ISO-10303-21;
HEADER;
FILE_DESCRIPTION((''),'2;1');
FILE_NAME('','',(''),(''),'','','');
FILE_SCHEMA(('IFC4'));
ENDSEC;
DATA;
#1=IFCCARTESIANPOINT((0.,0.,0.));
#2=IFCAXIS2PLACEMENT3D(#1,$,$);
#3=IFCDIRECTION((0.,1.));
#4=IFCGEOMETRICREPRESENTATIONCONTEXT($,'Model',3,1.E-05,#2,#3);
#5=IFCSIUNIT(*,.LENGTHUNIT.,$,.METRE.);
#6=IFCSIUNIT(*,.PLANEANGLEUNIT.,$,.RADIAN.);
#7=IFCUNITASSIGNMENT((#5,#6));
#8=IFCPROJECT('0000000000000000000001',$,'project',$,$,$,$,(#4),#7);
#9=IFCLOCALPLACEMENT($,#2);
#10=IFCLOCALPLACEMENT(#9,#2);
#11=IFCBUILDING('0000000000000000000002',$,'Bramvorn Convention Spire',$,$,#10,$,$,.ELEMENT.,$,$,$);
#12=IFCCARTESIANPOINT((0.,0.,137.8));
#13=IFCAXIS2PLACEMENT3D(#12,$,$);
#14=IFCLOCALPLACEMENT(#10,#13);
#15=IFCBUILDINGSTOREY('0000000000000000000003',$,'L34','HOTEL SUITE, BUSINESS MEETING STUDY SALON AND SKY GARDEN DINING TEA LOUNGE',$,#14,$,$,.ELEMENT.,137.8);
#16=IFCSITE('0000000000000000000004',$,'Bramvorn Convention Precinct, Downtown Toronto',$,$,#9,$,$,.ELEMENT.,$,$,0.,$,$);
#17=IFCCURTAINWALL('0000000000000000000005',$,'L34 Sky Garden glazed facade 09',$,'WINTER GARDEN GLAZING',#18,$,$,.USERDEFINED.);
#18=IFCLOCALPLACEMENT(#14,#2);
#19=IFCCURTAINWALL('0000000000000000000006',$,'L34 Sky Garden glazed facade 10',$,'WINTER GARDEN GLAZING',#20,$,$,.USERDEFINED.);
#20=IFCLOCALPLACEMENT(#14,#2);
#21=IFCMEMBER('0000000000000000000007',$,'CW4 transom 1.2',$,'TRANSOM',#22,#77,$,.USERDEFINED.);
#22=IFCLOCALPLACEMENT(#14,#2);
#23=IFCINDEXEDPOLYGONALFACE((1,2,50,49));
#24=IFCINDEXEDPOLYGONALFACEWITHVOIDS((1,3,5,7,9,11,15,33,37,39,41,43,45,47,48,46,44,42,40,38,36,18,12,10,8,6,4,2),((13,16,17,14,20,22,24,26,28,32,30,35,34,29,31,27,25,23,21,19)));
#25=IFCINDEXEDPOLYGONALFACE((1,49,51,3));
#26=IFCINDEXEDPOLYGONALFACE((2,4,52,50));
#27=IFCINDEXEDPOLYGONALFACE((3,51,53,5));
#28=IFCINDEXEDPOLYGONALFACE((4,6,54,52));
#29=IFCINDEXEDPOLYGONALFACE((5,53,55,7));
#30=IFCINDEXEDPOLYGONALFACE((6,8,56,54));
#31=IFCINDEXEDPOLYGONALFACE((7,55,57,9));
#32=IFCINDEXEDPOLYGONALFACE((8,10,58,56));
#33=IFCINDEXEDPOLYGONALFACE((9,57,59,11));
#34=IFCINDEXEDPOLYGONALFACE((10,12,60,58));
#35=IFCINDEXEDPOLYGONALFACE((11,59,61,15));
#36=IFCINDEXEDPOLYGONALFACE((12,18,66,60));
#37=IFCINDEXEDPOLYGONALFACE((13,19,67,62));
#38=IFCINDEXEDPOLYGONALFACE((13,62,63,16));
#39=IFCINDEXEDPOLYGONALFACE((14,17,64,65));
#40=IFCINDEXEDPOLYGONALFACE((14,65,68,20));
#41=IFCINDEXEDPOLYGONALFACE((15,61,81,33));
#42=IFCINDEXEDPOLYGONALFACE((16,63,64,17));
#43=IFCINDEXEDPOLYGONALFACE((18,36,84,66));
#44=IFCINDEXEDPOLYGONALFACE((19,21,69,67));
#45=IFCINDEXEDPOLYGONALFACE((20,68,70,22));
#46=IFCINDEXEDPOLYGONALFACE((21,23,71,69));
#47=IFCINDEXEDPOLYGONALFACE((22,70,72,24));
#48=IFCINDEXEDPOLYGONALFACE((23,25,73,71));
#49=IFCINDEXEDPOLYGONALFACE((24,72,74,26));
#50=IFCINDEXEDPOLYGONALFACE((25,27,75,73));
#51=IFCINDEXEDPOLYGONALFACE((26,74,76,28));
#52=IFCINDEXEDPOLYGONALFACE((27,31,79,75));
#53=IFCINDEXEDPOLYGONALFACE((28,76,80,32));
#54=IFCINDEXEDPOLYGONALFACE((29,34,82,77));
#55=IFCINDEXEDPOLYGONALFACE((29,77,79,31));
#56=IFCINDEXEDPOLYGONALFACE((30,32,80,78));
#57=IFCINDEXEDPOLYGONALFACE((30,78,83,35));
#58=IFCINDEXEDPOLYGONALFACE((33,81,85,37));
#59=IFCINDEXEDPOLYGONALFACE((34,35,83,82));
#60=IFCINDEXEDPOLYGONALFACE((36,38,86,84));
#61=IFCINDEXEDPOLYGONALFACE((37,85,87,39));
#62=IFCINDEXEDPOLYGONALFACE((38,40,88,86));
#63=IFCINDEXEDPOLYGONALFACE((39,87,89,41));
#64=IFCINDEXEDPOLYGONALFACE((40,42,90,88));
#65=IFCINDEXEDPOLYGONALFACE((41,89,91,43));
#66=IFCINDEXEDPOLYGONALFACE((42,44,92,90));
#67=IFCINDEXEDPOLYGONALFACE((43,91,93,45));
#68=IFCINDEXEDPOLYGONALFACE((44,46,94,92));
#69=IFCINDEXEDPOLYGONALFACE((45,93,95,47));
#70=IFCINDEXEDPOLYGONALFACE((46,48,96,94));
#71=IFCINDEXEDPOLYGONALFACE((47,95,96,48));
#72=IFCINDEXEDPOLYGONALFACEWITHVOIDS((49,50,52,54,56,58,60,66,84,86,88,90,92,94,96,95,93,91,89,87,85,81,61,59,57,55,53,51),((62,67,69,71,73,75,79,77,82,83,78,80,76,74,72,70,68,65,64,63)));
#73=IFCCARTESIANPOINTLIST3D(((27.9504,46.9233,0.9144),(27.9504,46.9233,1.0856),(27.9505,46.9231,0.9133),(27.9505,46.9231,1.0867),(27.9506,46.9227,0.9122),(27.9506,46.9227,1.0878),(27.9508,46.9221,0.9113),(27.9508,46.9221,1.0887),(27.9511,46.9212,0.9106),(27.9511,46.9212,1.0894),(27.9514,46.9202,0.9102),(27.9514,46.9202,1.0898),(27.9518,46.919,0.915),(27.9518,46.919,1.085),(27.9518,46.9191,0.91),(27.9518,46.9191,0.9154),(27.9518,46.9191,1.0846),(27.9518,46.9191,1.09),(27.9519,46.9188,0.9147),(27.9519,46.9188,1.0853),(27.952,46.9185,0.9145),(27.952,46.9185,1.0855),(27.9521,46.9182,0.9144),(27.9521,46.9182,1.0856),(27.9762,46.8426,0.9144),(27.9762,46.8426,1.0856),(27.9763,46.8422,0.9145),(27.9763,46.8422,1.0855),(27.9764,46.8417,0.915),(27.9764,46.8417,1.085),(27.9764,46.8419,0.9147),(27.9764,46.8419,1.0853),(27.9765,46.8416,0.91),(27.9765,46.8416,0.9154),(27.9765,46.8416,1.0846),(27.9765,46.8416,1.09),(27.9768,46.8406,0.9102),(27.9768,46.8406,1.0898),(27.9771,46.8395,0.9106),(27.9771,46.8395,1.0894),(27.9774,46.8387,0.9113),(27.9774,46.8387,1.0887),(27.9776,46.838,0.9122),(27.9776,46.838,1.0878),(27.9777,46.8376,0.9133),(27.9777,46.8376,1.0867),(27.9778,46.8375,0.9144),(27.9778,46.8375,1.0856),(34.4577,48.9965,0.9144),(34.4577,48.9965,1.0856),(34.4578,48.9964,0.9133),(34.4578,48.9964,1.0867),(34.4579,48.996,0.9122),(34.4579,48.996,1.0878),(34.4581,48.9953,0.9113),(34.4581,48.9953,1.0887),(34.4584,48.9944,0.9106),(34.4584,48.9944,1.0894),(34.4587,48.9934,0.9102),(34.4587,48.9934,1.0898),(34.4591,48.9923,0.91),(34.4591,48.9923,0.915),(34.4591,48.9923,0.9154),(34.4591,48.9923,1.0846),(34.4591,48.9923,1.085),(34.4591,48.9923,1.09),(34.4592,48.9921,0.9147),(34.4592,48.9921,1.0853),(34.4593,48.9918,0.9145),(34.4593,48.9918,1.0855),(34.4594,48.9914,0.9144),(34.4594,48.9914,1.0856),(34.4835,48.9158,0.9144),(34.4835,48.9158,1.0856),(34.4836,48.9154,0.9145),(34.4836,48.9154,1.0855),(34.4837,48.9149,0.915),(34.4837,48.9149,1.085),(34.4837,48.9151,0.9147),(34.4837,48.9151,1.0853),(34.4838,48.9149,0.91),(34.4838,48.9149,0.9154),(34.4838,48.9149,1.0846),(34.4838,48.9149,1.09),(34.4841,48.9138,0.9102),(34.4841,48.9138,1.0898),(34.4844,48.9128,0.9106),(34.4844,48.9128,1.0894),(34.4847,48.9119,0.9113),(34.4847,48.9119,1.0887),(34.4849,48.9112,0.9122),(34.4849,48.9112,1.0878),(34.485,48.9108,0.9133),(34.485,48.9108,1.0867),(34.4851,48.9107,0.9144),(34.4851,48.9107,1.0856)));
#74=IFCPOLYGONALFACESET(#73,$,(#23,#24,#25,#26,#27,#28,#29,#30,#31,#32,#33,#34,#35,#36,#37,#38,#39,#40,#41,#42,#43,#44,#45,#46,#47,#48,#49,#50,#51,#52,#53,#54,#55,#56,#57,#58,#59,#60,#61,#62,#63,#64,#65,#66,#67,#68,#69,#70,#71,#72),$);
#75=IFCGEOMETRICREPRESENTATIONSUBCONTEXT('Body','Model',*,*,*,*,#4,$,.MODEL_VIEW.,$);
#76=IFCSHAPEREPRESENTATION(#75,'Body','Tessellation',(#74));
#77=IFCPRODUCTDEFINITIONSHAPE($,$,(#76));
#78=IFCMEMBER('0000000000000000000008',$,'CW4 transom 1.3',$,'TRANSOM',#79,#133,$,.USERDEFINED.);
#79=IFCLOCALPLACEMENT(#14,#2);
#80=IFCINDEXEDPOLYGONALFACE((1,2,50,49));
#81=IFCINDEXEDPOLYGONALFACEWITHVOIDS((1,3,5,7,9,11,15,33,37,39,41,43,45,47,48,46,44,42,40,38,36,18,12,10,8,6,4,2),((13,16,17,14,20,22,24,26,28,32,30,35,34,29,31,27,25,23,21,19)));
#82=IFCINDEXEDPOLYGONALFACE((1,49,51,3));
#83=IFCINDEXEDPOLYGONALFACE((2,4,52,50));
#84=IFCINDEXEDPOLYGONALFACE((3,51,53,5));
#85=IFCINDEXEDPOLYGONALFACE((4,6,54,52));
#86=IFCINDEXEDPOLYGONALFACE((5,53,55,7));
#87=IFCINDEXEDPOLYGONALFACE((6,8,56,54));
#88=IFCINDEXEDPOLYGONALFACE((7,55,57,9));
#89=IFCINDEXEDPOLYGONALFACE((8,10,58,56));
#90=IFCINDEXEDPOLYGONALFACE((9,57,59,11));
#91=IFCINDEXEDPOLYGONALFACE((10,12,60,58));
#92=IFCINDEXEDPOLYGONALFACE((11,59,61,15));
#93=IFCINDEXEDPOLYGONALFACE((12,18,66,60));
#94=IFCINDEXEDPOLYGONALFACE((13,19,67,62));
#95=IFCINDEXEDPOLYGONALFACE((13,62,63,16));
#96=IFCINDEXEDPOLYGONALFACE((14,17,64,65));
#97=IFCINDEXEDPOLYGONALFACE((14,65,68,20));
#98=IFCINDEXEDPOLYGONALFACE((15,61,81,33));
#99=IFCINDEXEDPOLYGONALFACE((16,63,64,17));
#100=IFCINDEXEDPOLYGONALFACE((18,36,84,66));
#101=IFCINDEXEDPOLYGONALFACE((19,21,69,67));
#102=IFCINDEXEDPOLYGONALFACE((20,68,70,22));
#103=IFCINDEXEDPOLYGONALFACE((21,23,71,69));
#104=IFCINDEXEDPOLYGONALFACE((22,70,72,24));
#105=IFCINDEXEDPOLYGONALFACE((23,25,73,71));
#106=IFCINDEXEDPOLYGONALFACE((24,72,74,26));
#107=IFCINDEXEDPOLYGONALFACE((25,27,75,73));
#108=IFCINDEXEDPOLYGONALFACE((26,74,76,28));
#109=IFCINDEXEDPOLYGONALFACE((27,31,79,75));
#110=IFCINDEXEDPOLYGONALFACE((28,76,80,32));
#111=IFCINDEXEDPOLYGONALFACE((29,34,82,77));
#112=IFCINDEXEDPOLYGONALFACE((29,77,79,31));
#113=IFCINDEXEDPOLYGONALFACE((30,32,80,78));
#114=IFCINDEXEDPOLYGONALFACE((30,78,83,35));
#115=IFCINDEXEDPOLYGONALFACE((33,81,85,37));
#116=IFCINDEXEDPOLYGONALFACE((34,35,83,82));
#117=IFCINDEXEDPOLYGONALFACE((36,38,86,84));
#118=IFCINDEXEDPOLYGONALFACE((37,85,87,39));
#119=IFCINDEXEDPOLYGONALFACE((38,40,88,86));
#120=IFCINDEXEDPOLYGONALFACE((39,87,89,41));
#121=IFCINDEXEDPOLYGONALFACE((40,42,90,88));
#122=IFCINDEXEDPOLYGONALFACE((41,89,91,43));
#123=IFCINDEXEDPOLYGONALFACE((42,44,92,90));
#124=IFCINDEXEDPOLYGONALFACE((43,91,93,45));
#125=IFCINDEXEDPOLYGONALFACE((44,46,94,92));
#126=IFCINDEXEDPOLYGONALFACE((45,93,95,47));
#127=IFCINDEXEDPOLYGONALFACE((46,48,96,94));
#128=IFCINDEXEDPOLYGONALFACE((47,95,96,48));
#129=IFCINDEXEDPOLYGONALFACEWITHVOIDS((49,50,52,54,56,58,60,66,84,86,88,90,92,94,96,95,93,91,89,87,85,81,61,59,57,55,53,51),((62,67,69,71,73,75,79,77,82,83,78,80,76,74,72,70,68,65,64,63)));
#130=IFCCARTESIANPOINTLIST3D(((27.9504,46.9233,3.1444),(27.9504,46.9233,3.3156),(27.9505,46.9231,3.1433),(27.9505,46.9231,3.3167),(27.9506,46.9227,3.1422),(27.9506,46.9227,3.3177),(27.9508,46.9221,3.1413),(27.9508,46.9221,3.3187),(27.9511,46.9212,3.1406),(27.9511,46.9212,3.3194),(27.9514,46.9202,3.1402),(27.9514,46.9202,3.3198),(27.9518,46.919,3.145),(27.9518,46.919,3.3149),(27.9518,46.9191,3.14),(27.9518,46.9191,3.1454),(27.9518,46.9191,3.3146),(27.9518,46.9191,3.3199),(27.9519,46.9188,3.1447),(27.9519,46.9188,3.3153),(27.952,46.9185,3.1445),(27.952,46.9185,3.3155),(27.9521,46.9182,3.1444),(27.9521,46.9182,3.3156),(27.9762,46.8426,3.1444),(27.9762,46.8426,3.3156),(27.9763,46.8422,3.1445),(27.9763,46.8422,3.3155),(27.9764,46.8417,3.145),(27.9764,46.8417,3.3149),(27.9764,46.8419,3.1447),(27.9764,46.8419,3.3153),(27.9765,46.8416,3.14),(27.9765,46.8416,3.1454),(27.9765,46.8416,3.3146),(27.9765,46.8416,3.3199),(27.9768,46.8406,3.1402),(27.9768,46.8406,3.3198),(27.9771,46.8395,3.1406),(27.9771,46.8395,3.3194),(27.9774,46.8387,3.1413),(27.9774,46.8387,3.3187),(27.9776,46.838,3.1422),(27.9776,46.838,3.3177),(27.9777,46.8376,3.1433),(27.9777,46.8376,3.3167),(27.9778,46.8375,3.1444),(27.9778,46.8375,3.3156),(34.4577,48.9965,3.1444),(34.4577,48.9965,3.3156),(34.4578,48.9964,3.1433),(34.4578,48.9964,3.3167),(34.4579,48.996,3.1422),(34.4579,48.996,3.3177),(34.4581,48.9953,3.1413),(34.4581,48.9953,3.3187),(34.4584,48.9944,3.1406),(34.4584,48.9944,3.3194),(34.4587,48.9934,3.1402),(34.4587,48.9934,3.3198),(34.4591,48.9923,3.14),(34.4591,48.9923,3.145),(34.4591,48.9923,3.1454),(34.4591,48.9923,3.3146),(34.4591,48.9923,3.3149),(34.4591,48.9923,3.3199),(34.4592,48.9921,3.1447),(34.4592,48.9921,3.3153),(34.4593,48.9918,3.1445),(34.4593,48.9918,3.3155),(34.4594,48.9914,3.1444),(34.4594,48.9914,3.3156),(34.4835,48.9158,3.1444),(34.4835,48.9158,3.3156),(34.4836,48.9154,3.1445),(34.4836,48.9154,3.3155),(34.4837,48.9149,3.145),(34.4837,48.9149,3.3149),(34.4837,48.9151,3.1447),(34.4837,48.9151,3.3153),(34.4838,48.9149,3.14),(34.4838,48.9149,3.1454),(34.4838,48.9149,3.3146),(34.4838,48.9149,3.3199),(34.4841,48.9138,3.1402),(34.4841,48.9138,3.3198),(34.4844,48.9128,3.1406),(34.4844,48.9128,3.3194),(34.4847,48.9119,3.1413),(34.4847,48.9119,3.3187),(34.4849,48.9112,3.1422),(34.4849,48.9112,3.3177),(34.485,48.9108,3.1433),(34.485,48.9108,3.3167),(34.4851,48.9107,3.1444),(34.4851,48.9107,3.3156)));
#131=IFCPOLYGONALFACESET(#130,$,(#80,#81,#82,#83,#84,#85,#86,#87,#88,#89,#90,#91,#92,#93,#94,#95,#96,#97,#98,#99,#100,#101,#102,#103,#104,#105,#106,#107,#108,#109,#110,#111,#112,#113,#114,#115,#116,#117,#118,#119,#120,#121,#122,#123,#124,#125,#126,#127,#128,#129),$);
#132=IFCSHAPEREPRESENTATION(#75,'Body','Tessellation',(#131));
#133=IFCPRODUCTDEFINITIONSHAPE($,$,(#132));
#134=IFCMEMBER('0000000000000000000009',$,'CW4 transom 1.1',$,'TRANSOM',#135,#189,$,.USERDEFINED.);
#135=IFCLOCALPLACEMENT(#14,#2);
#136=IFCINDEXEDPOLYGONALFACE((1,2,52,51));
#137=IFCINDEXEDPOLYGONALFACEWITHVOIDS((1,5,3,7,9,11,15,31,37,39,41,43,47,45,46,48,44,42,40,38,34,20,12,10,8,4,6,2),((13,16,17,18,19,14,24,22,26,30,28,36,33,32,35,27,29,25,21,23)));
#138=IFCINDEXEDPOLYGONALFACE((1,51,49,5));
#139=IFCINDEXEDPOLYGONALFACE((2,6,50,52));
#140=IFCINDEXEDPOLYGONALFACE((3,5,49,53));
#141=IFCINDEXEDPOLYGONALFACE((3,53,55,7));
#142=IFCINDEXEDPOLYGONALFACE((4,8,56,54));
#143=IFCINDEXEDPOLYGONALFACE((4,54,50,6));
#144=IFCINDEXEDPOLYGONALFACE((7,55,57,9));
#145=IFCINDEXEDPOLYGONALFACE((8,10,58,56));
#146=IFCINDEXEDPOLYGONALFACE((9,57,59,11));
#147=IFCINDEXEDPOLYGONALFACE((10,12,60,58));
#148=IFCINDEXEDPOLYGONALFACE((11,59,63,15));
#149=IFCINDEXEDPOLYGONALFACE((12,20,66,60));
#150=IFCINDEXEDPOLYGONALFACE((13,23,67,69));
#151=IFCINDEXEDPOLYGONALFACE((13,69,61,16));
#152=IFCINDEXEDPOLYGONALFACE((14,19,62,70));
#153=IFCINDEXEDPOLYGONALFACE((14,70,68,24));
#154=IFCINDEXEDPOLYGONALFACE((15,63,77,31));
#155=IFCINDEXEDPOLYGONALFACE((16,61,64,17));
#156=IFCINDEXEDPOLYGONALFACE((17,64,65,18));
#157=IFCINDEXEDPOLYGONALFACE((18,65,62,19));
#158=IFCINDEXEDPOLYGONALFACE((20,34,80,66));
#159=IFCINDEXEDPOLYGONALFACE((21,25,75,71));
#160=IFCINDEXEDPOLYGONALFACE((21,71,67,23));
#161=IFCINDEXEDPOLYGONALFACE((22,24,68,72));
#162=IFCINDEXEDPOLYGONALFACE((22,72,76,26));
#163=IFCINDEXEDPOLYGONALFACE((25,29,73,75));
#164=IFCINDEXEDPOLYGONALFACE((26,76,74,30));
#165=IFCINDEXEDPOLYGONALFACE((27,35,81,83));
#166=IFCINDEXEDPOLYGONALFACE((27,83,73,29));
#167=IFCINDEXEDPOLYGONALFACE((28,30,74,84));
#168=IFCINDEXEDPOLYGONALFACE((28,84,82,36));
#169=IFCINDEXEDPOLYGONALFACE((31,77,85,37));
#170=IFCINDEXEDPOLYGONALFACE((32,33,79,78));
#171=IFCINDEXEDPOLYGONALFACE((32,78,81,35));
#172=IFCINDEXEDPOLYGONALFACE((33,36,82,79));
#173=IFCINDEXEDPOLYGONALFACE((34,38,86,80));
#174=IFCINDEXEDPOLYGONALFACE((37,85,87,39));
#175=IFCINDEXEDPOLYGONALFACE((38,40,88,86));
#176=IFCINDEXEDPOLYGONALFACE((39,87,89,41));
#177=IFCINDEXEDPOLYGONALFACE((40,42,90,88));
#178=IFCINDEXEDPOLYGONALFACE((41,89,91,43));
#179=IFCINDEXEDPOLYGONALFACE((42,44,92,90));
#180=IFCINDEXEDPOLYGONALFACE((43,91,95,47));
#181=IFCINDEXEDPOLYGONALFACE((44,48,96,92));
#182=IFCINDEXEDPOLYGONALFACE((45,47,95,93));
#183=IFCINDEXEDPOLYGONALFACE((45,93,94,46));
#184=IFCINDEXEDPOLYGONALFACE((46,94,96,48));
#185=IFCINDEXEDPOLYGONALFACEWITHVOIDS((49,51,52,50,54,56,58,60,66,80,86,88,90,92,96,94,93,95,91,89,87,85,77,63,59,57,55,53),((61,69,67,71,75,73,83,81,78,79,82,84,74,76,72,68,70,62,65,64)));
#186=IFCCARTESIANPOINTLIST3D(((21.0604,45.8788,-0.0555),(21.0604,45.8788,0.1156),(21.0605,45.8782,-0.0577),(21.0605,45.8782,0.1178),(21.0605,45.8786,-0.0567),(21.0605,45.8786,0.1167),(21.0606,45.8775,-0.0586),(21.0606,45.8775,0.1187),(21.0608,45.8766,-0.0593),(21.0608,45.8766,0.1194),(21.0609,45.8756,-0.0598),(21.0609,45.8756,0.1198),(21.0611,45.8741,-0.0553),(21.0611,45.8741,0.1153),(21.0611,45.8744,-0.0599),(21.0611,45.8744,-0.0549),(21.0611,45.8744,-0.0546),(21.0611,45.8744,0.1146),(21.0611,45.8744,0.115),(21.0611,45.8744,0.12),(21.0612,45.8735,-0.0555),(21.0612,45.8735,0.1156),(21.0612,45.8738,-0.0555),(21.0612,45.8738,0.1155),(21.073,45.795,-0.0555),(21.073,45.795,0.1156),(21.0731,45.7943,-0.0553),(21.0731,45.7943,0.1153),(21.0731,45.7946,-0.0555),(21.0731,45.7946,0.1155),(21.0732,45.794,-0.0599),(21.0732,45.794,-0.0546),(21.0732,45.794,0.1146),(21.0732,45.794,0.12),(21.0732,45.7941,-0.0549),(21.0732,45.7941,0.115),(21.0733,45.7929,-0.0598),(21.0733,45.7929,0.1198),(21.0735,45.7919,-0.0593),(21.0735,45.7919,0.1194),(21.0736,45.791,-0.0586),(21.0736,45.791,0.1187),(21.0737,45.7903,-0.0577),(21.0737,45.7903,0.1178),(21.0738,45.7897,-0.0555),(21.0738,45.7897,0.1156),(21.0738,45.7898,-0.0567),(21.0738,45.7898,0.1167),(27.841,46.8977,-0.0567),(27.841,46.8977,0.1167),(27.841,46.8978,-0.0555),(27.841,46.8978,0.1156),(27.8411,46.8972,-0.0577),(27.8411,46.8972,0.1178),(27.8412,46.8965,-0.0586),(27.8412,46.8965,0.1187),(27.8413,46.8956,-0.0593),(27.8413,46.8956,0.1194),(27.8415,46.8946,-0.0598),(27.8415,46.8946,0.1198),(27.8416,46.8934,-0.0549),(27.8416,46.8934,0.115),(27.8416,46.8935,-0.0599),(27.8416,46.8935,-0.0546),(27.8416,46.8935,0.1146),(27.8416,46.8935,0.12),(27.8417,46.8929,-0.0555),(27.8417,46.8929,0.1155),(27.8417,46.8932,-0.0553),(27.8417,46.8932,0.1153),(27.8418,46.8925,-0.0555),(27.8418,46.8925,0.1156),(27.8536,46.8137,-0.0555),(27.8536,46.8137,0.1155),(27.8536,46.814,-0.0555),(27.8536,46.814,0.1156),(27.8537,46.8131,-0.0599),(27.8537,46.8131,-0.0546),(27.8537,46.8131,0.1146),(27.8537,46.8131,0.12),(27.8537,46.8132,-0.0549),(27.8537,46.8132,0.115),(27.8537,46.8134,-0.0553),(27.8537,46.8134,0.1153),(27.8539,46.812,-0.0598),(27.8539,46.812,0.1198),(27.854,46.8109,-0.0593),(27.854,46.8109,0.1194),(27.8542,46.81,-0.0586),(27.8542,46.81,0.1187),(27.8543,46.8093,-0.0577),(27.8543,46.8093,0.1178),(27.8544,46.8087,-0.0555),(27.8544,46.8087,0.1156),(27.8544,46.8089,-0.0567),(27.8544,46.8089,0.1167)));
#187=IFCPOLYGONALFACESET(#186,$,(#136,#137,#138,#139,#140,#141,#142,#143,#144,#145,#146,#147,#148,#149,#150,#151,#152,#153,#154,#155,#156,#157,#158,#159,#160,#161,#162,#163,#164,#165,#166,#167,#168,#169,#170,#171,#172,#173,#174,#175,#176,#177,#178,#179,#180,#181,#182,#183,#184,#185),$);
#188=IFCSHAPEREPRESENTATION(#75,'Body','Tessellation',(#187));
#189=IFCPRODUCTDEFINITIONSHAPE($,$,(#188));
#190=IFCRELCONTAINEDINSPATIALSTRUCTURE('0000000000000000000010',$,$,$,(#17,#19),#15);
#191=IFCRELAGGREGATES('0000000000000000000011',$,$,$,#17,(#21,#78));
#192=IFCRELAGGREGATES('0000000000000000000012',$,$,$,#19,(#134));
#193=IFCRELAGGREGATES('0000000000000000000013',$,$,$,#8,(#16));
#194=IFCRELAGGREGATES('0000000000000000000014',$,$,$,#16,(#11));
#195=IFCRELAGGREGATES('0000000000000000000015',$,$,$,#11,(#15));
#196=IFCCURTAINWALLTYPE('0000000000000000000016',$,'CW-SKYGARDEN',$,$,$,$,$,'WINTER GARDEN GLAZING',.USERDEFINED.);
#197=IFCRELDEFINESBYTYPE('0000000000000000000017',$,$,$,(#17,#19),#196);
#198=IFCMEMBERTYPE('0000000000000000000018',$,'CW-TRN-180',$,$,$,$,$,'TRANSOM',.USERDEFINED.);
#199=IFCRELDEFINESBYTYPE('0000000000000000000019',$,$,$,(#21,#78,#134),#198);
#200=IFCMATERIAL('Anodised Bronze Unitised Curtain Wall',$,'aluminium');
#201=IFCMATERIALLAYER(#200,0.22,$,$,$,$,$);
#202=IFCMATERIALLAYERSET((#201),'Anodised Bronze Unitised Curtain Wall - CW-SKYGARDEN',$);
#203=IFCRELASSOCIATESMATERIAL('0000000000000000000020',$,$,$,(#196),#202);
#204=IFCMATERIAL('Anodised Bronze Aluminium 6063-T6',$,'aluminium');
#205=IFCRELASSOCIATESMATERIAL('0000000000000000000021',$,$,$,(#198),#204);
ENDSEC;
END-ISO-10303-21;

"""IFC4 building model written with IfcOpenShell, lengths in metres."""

from ifc_helpers import new_model, si_unit, direction, frame, origin, origin_2d, place, context, subcontext, project, spatial, hollow_rectangle, extrude, material, layer, layer_set, material_profile, profile_set, type_object, element, aggregate, save


model = new_model("IFC4")

# Units and contexts
model_context = context("Model", 3, precision=1e-05, world=origin(), true_north=direction((0.0, 1.0)))
body_context = subcontext(model_context, "Body", "Model", "MODEL_VIEW")
ifc_project = project(units=[si_unit("LENGTHUNIT", "METRE"), si_unit("PLANEANGLEUNIT", "RADIAN")], contexts=[model_context])

# Site, building, storey
site_placement = place(None, origin())
site = spatial("IfcSite", under=ifc_project, at=site_placement, Name="Bramvorn Convention Precinct, Downtown Toronto", CompositionType="ELEMENT", RefElevation=0.0)
building_placement = place(site_placement, origin())
building = spatial("IfcBuilding", under=site, at=building_placement, Name="Bramvorn Convention Spire", CompositionType="ELEMENT")
storey_placement = place(building_placement, frame((0.0, 0.0, 137.8)))
storey = spatial("IfcBuildingStorey", under=building, at=storey_placement, Name="L34", Description="HOTEL SUITE, BUSINESS MEETING STUDY SALON AND SKY GARDEN DINING TEA LOUNGE", CompositionType="ELEMENT", Elevation=137.8)

# Curtain wall
ifc_material_1 = material(Name="Anodised Bronze Unitised Curtain Wall", Category="aluminium")
ifc_layer_1 = layer(ifc_material_1, 0.22)
ifc_layer_set_1 = layer_set([ifc_layer_1], Name="Anodised Bronze Unitised Curtain Wall - CW-SKYGARDEN")
curtain_wall_type = type_object("IfcCurtainWallType", Name="CW-SKYGARDEN", ElementType="WINTER GARDEN GLAZING", PredefinedType="USERDEFINED", material=ifc_layer_set_1)
curtain_wall_1_placement = place(storey_placement, origin())
curtain_wall_1 = element("IfcCurtainWall", 1, at=curtain_wall_1_placement, inside=storey, type_object=curtain_wall_type, Name="L34 Sky Garden glazed facade 09", ObjectType="WINTER GARDEN GLAZING", PredefinedType="USERDEFINED")
ifc_material_2 = material(Name="Anodised Bronze Aluminium 6063-T6", Category="aluminium")

# Curtain wall
curtain_wall_2_placement = place(storey_placement, origin())
curtain_wall_2 = element("IfcCurtainWall", 2, at=curtain_wall_2_placement, inside=storey, type_object=curtain_wall_type, Name="L34 Sky Garden glazed facade 10", ObjectType="WINTER GARDEN GLAZING", PredefinedType="USERDEFINED")

# Members
ifc_material_profile_1 = material_profile(ifc_material_2, hollow_rectangle(XDim=0.0901, YDim=0.1799, WallThickness=0.0044, InnerFilletRadius=0.001, OuterFilletRadius=0.0044, at=origin_2d()))
ifc_profile_set_1 = profile_set([ifc_material_profile_1], Name="Anodised Bronze Aluminium 6063-T6 - CWT90X180")
member_type_1 = type_object("IfcMemberType", Name="CW-TRN-180", ElementType="TRANSOM", PredefinedType="USERDEFINED", material=ifc_profile_set_1)
member_1_placement = place(storey_placement, frame((27.9641, 46.8804, 1.0), z_axis=(0.95281, 0.303567, 0.0), x_axis=(-0.303567, 0.95281, 0.0)))
member_1 = element("IfcMember", 3, at=member_1_placement, type_object=member_type_1, Name="CW4 transom 1.2", ObjectType="TRANSOM", PredefinedType="USERDEFINED", context=body_context, shape_type="SweptSolid", body=[
    extrude(hollow_rectangle(XDim=0.0901, YDim=0.1799, WallThickness=0.0044, InnerFilletRadius=0.001, OuterFilletRadius=0.0044, at=origin_2d()), origin(), (0.0, 0.0, 1.0), 6.8296),
])
member_2_placement = place(storey_placement, frame((27.9641, 46.8804, 3.23), z_axis=(0.95281, 0.303567, 0.0), x_axis=(-0.303567, 0.95281, 0.0)))
member_2 = element("IfcMember", 4, at=member_2_placement, type_object=member_type_1, Name="CW4 transom 1.3", ObjectType="TRANSOM", PredefinedType="USERDEFINED", context=body_context, shape_type="SweptSolid", body=[
    extrude(hollow_rectangle(XDim=0.0901, YDim=0.1799, WallThickness=0.0044, InnerFilletRadius=0.001, OuterFilletRadius=0.0044, at=origin_2d()), origin(), (0.0, 0.0, 1.0), 6.8296),
])
member_3_placement = place(storey_placement, frame((21.0671, 45.8342, 0.03), z_axis=(0.988894, 0.148621, 0.0), x_axis=(-0.148621, 0.988894, 0.0)))
member_3 = element("IfcMember", 5, at=member_3_placement, type_object=member_type_1, Name="CW4 transom 1.1", ObjectType="TRANSOM", PredefinedType="USERDEFINED", context=body_context, shape_type="SweptSolid", body=[
    extrude(hollow_rectangle(XDim=0.0901, YDim=0.1799, WallThickness=0.0044, InnerFilletRadius=0.001, OuterFilletRadius=0.0044, at=origin_2d()), origin(), (0.0, 0.0, 1.0), 6.8567),
])

aggregate(curtain_wall_1, [member_1, member_2])
aggregate(curtain_wall_2, [member_3])

save(model, "model.ifc")
